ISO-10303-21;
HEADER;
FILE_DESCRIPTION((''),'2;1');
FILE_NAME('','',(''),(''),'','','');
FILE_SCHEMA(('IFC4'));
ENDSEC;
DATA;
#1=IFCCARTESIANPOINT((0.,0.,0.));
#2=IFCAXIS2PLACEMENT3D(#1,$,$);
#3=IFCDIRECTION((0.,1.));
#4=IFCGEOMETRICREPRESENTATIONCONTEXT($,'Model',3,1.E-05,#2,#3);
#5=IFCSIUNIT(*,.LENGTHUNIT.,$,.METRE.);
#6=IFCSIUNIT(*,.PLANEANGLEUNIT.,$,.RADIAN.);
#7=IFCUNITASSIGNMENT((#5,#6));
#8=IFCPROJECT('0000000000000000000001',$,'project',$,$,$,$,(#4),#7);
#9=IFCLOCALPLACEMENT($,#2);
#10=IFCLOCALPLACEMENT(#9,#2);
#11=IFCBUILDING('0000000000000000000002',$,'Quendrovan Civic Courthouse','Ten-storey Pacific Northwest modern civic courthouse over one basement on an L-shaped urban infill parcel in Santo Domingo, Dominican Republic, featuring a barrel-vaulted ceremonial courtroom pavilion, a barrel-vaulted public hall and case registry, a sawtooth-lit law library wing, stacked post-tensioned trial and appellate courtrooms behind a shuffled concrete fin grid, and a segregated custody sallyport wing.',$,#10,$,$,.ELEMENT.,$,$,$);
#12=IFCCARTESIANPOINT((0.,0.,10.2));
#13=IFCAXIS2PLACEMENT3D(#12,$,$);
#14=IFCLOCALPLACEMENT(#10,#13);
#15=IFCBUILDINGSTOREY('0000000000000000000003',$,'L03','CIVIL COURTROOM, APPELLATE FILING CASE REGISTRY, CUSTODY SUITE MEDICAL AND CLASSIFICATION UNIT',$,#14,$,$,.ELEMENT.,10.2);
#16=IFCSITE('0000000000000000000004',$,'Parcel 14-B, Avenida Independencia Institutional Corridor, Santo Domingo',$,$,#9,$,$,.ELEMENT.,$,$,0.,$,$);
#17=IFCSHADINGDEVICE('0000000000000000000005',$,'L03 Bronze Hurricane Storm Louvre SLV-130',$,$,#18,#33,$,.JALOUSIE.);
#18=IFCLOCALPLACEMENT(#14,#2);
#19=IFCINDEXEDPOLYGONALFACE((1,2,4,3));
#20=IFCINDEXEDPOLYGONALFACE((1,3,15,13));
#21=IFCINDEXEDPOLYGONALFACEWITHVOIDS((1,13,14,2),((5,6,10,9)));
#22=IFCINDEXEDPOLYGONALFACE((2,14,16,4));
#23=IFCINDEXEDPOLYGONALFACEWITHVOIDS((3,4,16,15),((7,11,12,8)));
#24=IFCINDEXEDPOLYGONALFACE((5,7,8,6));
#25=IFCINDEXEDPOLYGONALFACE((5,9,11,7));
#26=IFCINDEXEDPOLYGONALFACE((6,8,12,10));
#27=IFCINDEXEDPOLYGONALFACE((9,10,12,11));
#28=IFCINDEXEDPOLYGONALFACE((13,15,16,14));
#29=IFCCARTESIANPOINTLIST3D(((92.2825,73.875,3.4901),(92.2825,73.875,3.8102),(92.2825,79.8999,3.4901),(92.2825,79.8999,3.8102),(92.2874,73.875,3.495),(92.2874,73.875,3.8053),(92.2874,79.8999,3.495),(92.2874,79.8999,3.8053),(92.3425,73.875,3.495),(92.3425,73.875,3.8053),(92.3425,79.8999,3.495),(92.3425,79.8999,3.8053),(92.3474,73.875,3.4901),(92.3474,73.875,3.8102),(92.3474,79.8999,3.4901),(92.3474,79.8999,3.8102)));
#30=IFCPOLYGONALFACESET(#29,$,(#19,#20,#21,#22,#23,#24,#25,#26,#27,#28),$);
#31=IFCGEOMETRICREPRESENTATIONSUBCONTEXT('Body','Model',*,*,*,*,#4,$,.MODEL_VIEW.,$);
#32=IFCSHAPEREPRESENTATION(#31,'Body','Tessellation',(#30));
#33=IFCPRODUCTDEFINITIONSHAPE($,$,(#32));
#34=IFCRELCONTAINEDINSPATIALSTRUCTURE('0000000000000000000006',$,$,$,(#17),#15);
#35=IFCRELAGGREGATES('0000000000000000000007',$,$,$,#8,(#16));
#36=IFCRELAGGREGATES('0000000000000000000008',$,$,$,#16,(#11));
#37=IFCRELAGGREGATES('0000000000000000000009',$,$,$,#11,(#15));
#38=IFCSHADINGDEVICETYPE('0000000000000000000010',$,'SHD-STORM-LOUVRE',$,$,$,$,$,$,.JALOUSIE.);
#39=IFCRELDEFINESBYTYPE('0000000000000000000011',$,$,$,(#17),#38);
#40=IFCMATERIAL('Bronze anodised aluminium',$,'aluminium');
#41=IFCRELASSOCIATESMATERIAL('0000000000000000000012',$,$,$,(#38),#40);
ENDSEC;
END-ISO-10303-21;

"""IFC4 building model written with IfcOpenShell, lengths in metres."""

from ifc_helpers import new_model, si_unit, direction, frame, origin, origin_2d, place, context, subcontext, project, spatial, hollow_rectangle, extrude, material, material_profile, profile_set, type_object, element, save


model = new_model("IFC4")

# Units and contexts
model_context = context("Model", 3, precision=1e-05, world=origin(), true_north=direction((0.0, 1.0)))
body_context = subcontext(model_context, "Body", "Model", "MODEL_VIEW")
ifc_project = project(units=[si_unit("LENGTHUNIT", "METRE"), si_unit("PLANEANGLEUNIT", "RADIAN")], contexts=[model_context])

# Site, building, storey
site_placement = place(None, origin())
site = spatial("IfcSite", under=ifc_project, at=site_placement, Name="Parcel 14-B, Avenida Independencia Institutional Corridor, Santo Domingo", CompositionType="ELEMENT", RefElevation=0.0)
building_placement = place(site_placement, origin())
building = spatial("IfcBuilding", under=site, at=building_placement, Name="Quendrovan Civic Courthouse", Description="Ten-storey Pacific Northwest modern civic courthouse over one basement on an L-shaped urban infill parcel in Santo Domingo, Dominican Republic, featuring a barrel-vaulted ceremonial courtroom pavilion, a barrel-vaulted public hall and case registry, a sawtooth-lit law library wing, stacked post-tensioned trial and appellate courtrooms behind a shuffled concrete fin grid, and a segregated custody sallyport wing.", CompositionType="ELEMENT")
storey_placement = place(building_placement, frame((0.0, 0.0, 10.2)))
storey = spatial("IfcBuildingStorey", under=building, at=storey_placement, Name="L03", Description="CIVIL COURTROOM, APPELLATE FILING CASE REGISTRY, CUSTODY SUITE MEDICAL AND CLASSIFICATION UNIT", CompositionType="ELEMENT", Elevation=10.2)

# Shared definitions
ifc_material_1 = material(Name="Bronze anodised aluminium", Category="aluminium")

# Shading device
ifc_material_profile_1 = material_profile(ifc_material_1, hollow_rectangle(XDim=0.0649, YDim=0.3201, WallThickness=0.0049, at=origin_2d()), Name="AL-LOUVRE-65x320")
ifc_profile_set_1 = profile_set([ifc_material_profile_1], Name="Bronze anodised aluminium")
shading_device_type = type_object("IfcShadingDeviceType", Name="SHD-STORM-LOUVRE", PredefinedType="JALOUSIE", material=ifc_profile_set_1)
for number, where, z_axis, x_axis, name in (
    (1, (92.3149, 79.8999, 3.6501), (0.0, -1.0, 0.0), (1.0, 0.0, 0.0), "L03 Bronze Hurricane Storm Louvre SLV-130"),
):
    element("IfcShadingDevice", number, at=place(storey_placement, frame(where, z_axis=z_axis, x_axis=x_axis)), inside=storey, type_object=shading_device_type, Name=name, PredefinedType="JALOUSIE", context=body_context, shape_type="SweptSolid", body=[
        extrude(hollow_rectangle(XDim=0.0649, YDim=0.3201, WallThickness=0.0049, at=origin_2d()), origin(), (0.0, 0.0, 1.0), 6.0249),
    ])

save(model, "model.ifc")
